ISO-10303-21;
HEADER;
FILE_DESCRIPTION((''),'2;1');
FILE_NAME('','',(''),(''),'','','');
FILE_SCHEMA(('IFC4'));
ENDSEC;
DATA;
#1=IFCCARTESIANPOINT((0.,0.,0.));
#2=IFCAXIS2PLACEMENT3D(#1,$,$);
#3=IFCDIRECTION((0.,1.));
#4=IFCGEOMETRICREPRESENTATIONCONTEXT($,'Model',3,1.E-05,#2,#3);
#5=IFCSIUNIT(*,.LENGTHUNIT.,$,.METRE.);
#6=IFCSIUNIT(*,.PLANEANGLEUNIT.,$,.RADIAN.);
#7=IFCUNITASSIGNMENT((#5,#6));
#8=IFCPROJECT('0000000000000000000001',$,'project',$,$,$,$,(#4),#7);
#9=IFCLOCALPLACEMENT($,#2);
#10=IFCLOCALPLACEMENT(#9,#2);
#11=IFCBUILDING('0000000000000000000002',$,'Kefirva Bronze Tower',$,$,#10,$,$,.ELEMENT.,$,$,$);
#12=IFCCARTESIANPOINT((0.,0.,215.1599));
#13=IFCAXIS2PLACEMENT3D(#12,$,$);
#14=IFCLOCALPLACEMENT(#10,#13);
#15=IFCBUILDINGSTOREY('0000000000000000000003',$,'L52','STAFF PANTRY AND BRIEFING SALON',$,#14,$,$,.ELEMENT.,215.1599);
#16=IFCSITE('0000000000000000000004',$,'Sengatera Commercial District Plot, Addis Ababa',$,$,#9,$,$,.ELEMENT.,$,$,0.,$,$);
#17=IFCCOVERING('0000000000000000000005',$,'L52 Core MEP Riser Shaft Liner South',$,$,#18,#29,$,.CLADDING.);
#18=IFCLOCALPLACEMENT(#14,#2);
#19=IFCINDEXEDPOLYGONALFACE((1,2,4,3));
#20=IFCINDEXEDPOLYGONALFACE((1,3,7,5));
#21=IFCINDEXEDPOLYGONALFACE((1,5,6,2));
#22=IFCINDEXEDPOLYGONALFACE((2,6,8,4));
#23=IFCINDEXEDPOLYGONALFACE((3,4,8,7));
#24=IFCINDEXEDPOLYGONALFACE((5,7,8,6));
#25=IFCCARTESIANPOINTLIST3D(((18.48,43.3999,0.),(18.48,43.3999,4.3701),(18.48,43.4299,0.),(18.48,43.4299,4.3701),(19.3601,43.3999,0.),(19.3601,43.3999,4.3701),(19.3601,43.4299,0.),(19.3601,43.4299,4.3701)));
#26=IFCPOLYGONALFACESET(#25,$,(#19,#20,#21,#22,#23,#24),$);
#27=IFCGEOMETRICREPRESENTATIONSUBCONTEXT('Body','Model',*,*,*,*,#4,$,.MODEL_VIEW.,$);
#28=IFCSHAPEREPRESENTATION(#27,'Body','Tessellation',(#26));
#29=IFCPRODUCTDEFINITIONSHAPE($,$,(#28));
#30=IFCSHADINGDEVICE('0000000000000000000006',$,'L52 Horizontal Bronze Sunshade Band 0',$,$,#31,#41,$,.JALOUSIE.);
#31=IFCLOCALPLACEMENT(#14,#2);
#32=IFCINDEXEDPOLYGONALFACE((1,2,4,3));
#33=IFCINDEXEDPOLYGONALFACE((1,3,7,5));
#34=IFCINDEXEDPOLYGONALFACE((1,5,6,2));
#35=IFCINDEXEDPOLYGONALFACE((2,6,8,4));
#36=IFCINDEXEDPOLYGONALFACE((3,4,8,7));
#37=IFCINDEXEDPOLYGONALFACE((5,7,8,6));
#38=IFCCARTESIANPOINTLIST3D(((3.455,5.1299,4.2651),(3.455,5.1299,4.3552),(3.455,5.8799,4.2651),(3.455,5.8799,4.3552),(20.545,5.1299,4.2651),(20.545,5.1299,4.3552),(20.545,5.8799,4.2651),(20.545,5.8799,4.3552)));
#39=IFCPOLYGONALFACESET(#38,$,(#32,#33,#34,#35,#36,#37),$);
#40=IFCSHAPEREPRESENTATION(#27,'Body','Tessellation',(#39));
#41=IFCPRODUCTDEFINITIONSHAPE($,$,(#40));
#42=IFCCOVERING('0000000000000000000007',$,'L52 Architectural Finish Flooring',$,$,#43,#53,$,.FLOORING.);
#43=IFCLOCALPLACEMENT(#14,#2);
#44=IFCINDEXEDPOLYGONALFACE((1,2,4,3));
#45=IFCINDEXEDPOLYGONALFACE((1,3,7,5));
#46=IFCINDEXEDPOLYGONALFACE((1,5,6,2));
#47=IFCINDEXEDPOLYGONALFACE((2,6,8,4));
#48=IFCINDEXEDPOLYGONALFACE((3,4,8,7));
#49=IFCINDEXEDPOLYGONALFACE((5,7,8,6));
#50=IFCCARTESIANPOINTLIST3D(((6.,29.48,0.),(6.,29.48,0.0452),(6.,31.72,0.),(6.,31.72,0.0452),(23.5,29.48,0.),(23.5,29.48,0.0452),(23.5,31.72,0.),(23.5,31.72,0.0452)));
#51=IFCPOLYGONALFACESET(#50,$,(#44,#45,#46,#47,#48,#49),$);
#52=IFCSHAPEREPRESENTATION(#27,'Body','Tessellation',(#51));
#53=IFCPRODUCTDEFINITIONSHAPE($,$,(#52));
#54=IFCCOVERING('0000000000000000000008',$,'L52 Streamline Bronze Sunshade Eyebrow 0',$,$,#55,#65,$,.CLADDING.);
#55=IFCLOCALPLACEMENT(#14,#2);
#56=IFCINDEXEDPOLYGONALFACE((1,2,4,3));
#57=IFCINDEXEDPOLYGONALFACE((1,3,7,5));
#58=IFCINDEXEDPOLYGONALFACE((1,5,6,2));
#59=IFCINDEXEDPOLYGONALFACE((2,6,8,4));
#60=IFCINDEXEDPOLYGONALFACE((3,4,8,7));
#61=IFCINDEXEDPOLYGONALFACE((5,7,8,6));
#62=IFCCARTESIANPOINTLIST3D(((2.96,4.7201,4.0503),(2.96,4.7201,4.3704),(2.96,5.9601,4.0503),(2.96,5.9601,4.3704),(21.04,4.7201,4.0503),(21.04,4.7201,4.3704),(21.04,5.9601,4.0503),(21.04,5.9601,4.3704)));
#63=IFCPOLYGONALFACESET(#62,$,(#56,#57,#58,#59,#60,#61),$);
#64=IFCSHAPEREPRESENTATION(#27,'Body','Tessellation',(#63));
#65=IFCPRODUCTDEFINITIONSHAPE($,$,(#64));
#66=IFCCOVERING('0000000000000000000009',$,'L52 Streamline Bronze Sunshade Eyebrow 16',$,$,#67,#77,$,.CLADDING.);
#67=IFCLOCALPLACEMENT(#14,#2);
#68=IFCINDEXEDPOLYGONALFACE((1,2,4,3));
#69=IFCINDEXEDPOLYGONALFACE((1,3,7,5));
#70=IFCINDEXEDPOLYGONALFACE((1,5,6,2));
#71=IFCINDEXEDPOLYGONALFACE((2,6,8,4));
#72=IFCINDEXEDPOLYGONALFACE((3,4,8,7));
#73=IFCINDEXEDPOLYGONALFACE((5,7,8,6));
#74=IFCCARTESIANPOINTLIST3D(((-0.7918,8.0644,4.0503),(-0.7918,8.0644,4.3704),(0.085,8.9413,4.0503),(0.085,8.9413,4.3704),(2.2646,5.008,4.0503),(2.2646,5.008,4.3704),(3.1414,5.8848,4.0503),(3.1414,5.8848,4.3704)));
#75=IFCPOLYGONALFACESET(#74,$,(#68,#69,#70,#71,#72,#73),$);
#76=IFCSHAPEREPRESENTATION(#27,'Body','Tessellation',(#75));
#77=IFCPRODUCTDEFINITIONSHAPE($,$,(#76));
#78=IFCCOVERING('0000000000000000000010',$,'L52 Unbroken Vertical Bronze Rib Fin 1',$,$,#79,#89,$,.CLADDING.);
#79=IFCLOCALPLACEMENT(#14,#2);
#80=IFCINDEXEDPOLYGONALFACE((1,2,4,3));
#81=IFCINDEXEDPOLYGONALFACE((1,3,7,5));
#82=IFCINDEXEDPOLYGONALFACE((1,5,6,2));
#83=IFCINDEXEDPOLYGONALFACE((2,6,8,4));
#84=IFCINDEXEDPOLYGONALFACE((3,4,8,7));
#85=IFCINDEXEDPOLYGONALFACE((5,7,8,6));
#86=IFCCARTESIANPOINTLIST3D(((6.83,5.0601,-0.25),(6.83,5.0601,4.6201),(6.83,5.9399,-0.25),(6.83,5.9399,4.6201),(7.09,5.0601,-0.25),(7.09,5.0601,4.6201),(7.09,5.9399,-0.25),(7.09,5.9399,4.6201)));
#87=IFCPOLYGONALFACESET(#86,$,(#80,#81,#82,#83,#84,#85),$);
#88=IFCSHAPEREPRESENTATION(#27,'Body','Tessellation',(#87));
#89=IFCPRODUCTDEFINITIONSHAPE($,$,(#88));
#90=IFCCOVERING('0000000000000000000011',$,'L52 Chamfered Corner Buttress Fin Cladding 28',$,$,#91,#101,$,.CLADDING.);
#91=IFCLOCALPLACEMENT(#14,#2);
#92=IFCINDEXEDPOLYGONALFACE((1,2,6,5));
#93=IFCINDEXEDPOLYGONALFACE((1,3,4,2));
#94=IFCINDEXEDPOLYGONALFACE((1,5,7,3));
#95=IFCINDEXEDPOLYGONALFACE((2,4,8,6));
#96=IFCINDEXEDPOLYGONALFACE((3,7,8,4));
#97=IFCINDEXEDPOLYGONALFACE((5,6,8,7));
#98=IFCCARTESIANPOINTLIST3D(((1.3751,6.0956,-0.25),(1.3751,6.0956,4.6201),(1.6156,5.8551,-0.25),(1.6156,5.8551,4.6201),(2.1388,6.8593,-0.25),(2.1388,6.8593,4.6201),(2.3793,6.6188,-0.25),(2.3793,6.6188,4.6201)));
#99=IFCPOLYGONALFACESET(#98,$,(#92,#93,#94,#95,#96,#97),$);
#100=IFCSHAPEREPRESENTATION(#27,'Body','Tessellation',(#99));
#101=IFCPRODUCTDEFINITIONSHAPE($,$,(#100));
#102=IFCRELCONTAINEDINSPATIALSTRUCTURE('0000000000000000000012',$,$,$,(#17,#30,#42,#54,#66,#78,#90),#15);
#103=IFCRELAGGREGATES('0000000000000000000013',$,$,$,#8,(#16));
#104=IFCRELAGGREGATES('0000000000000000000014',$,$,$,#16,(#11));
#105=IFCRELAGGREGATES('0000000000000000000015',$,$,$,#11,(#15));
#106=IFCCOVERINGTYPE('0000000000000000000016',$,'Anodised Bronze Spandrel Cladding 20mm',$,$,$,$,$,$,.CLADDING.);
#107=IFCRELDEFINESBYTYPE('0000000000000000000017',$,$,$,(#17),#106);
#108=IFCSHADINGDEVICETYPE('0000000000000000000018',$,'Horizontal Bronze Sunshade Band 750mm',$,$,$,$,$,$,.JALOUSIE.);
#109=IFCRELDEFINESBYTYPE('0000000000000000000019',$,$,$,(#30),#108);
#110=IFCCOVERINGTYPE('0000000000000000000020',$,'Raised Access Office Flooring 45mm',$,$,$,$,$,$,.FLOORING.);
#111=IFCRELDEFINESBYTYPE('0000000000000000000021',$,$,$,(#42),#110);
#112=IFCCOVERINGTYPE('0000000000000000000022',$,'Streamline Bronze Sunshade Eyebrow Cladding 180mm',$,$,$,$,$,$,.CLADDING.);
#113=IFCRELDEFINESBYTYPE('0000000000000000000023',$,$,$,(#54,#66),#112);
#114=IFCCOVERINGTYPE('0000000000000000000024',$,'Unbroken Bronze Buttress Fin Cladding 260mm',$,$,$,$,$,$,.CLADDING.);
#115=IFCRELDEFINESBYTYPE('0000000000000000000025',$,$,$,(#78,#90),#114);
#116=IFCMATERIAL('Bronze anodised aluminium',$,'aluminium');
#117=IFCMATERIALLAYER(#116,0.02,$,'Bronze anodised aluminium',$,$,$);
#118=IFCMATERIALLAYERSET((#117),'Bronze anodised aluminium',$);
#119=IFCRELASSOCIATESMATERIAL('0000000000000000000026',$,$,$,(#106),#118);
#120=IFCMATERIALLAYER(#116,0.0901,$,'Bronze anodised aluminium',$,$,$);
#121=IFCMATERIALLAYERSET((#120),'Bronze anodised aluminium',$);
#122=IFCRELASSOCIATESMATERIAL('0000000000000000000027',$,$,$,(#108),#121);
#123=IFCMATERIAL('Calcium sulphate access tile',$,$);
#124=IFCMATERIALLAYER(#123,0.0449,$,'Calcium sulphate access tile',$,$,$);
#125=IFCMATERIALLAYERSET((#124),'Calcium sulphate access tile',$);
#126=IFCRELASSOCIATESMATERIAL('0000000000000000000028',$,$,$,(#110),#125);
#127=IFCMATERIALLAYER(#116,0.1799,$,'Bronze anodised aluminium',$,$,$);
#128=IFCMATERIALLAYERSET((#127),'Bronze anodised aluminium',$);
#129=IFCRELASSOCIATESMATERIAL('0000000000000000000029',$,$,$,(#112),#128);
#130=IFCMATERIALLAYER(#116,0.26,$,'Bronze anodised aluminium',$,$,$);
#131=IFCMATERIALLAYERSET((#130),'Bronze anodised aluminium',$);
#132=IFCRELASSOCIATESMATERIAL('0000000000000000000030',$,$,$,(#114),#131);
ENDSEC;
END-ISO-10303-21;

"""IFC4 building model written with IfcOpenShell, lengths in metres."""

from ifc_helpers import new_model, si_unit, direction, frame, origin, origin_2d, place, context, subcontext, project, spatial, polyline, rectangle, outline, extrude, material, layer, layer_set, type_object, element, save


model = new_model("IFC4")

# Units and contexts
model_context = context("Model", 3, precision=1e-05, world=origin(), true_north=direction((0.0, 1.0)))
body_context = subcontext(model_context, "Body", "Model", "MODEL_VIEW")
ifc_project = project(units=[si_unit("LENGTHUNIT", "METRE"), si_unit("PLANEANGLEUNIT", "RADIAN")], contexts=[model_context])

# Site, building, storey
site_placement = place(None, origin())
site = spatial("IfcSite", under=ifc_project, at=site_placement, Name="Sengatera Commercial District Plot, Addis Ababa", CompositionType="ELEMENT", RefElevation=0.0)
building_placement = place(site_placement, origin())
building = spatial("IfcBuilding", under=site, at=building_placement, Name="Kefirva Bronze Tower", CompositionType="ELEMENT")
storey_placement = place(building_placement, frame((0.0, 0.0, 215.1599)))
storey = spatial("IfcBuildingStorey", under=building, at=storey_placement, Name="L52", Description="STAFF PANTRY AND BRIEFING SALON", CompositionType="ELEMENT", Elevation=215.1599)

# Shared definitions
ifc_material_1 = material(Name="Bronze anodised aluminium", Category="aluminium")

# Covering
ifc_layer_1 = layer(ifc_material_1, 0.02, Name="Bronze anodised aluminium")
ifc_layer_set_1 = layer_set([ifc_layer_1], Name="Bronze anodised aluminium")
covering_type_1 = type_object("IfcCoveringType", Name="Anodised Bronze Spandrel Cladding 20mm", PredefinedType="CLADDING", material=ifc_layer_set_1)
covering_1_placement = place(storey_placement, origin())
element("IfcCovering", 1, at=covering_1_placement, inside=storey, type_object=covering_type_1, Name="L52 Core MEP Riser Shaft Liner South", PredefinedType="CLADDING", context=body_context, shape_type="SweptSolid", body=[
    extrude(outline(polyline([(18.48, 43.3999), (19.3601, 43.3999), (19.3601, 43.4299), (18.48, 43.4299), (18.48, 43.3999)])), origin(), (0.0, 0.0, 1.0), 4.3701),
])

# Shading device
ifc_layer_2 = layer(ifc_material_1, 0.0901, Name="Bronze anodised aluminium")
ifc_layer_set_2 = layer_set([ifc_layer_2], Name="Bronze anodised aluminium")
shading_device_type = type_object("IfcShadingDeviceType", Name="Horizontal Bronze Sunshade Band 750mm", PredefinedType="JALOUSIE", material=ifc_layer_set_2)
shading_device_placement = place(storey_placement, frame((12.0, 5.5049, 4.2651), z_axis=(0.0, 0.0, 1.0), x_axis=(1.0, 0.0, 0.0)))
element("IfcShadingDevice", 2, at=shading_device_placement, inside=storey, type_object=shading_device_type, Name="L52 Horizontal Bronze Sunshade Band 0", PredefinedType="JALOUSIE", context=body_context, shape_type="SweptSolid", body=[
    extrude(rectangle(XDim=17.0901, YDim=0.75, at=origin_2d()), origin(), (0.0, 0.0, 1.0), 0.0901),
])

# Coverings
ifc_material_2 = material(Name="Calcium sulphate access tile")
ifc_layer_3 = layer(ifc_material_2, 0.0449, Name="Calcium sulphate access tile")
ifc_layer_set_3 = layer_set([ifc_layer_3], Name="Calcium sulphate access tile")
covering_type_2 = type_object("IfcCoveringType", Name="Raised Access Office Flooring 45mm", PredefinedType="FLOORING", material=ifc_layer_set_3)
covering_2_placement = place(storey_placement, origin())
element("IfcCovering", 3, at=covering_2_placement, inside=storey, type_object=covering_type_2, Name="L52 Architectural Finish Flooring", PredefinedType="FLOORING", context=body_context, shape_type="SweptSolid", body=[
    extrude(outline(polyline([(6.0, 29.48), (23.5, 29.48), (23.5, 31.72), (6.0, 31.72), (6.0, 29.48)])), origin(), (0.0, 0.0, 1.0), 0.0452),
])
ifc_layer_4 = layer(ifc_material_1, 0.1799, Name="Bronze anodised aluminium")
ifc_layer_set_4 = layer_set([ifc_layer_4], Name="Bronze anodised aluminium")
covering_type_3 = type_object("IfcCoveringType", Name="Streamline Bronze Sunshade Eyebrow Cladding 180mm", PredefinedType="CLADDING", material=ifc_layer_set_4)
covering_3_placement = place(storey_placement, frame((12.0, 5.3401, 4.0503), z_axis=(0.0, 0.0, 1.0), x_axis=(1.0, 0.0, 0.0)))
element("IfcCovering", 4, at=covering_3_placement, inside=storey, type_object=covering_type_3, Name="L52 Streamline Bronze Sunshade Eyebrow 0", PredefinedType="CLADDING", context=body_context, shape_type="SweptSolid", body=[
    extrude(rectangle(XDim=18.0801, YDim=1.24, at=origin_2d()), origin(), (0.0, 0.0, 1.0), 0.3201),
])
covering_4_placement = place(storey_placement, frame((1.1748, 6.9746, 4.0503), z_axis=(0.0, 0.0, 1.0), x_axis=(0.707107, -0.707107, 0.0)))
element("IfcCovering", 5, at=covering_4_placement, inside=storey, type_object=covering_type_3, Name="L52 Streamline Bronze Sunshade Eyebrow 16", PredefinedType="CLADDING", context=body_context, shape_type="SweptSolid", body=[
    extrude(rectangle(XDim=4.3225, YDim=1.24, at=origin_2d()), origin(), (0.0, 0.0, 1.0), 0.3201),
])
ifc_layer_5 = layer(ifc_material_1, 0.26, Name="Bronze anodised aluminium")
ifc_layer_set_5 = layer_set([ifc_layer_5], Name="Bronze anodised aluminium")
covering_type_4 = type_object("IfcCoveringType", Name="Unbroken Bronze Buttress Fin Cladding 260mm", PredefinedType="CLADDING", material=ifc_layer_set_5)
covering_5_placement = place(storey_placement, frame((6.96, 5.5, -0.25), z_axis=(0.0, 0.0, 1.0), x_axis=(1.0, 0.0, 0.0)))
element("IfcCovering", 6, at=covering_5_placement, inside=storey, type_object=covering_type_4, Name="L52 Unbroken Vertical Bronze Rib Fin 1", PredefinedType="CLADDING", context=body_context, shape_type="SweptSolid", body=[
    extrude(rectangle(XDim=0.26, YDim=0.8799, at=origin_2d()), origin(), (0.0, 0.0, 1.0), 4.8701),
])
covering_6_placement = place(storey_placement, frame((1.8772, 6.3572, -0.25), z_axis=(0.0, 0.0, 1.0), x_axis=(0.707107, -0.707107, 0.0)))
element("IfcCovering", 7, at=covering_6_placement, inside=storey, type_object=covering_type_4, Name="L52 Chamfered Corner Buttress Fin Cladding 28", PredefinedType="CLADDING", context=body_context, shape_type="SweptSolid", body=[
    extrude(rectangle(XDim=0.3401, YDim=1.0801, at=origin_2d()), origin(), (0.0, 0.0, 1.0), 4.8701),
])

save(model, "model.ifc")
